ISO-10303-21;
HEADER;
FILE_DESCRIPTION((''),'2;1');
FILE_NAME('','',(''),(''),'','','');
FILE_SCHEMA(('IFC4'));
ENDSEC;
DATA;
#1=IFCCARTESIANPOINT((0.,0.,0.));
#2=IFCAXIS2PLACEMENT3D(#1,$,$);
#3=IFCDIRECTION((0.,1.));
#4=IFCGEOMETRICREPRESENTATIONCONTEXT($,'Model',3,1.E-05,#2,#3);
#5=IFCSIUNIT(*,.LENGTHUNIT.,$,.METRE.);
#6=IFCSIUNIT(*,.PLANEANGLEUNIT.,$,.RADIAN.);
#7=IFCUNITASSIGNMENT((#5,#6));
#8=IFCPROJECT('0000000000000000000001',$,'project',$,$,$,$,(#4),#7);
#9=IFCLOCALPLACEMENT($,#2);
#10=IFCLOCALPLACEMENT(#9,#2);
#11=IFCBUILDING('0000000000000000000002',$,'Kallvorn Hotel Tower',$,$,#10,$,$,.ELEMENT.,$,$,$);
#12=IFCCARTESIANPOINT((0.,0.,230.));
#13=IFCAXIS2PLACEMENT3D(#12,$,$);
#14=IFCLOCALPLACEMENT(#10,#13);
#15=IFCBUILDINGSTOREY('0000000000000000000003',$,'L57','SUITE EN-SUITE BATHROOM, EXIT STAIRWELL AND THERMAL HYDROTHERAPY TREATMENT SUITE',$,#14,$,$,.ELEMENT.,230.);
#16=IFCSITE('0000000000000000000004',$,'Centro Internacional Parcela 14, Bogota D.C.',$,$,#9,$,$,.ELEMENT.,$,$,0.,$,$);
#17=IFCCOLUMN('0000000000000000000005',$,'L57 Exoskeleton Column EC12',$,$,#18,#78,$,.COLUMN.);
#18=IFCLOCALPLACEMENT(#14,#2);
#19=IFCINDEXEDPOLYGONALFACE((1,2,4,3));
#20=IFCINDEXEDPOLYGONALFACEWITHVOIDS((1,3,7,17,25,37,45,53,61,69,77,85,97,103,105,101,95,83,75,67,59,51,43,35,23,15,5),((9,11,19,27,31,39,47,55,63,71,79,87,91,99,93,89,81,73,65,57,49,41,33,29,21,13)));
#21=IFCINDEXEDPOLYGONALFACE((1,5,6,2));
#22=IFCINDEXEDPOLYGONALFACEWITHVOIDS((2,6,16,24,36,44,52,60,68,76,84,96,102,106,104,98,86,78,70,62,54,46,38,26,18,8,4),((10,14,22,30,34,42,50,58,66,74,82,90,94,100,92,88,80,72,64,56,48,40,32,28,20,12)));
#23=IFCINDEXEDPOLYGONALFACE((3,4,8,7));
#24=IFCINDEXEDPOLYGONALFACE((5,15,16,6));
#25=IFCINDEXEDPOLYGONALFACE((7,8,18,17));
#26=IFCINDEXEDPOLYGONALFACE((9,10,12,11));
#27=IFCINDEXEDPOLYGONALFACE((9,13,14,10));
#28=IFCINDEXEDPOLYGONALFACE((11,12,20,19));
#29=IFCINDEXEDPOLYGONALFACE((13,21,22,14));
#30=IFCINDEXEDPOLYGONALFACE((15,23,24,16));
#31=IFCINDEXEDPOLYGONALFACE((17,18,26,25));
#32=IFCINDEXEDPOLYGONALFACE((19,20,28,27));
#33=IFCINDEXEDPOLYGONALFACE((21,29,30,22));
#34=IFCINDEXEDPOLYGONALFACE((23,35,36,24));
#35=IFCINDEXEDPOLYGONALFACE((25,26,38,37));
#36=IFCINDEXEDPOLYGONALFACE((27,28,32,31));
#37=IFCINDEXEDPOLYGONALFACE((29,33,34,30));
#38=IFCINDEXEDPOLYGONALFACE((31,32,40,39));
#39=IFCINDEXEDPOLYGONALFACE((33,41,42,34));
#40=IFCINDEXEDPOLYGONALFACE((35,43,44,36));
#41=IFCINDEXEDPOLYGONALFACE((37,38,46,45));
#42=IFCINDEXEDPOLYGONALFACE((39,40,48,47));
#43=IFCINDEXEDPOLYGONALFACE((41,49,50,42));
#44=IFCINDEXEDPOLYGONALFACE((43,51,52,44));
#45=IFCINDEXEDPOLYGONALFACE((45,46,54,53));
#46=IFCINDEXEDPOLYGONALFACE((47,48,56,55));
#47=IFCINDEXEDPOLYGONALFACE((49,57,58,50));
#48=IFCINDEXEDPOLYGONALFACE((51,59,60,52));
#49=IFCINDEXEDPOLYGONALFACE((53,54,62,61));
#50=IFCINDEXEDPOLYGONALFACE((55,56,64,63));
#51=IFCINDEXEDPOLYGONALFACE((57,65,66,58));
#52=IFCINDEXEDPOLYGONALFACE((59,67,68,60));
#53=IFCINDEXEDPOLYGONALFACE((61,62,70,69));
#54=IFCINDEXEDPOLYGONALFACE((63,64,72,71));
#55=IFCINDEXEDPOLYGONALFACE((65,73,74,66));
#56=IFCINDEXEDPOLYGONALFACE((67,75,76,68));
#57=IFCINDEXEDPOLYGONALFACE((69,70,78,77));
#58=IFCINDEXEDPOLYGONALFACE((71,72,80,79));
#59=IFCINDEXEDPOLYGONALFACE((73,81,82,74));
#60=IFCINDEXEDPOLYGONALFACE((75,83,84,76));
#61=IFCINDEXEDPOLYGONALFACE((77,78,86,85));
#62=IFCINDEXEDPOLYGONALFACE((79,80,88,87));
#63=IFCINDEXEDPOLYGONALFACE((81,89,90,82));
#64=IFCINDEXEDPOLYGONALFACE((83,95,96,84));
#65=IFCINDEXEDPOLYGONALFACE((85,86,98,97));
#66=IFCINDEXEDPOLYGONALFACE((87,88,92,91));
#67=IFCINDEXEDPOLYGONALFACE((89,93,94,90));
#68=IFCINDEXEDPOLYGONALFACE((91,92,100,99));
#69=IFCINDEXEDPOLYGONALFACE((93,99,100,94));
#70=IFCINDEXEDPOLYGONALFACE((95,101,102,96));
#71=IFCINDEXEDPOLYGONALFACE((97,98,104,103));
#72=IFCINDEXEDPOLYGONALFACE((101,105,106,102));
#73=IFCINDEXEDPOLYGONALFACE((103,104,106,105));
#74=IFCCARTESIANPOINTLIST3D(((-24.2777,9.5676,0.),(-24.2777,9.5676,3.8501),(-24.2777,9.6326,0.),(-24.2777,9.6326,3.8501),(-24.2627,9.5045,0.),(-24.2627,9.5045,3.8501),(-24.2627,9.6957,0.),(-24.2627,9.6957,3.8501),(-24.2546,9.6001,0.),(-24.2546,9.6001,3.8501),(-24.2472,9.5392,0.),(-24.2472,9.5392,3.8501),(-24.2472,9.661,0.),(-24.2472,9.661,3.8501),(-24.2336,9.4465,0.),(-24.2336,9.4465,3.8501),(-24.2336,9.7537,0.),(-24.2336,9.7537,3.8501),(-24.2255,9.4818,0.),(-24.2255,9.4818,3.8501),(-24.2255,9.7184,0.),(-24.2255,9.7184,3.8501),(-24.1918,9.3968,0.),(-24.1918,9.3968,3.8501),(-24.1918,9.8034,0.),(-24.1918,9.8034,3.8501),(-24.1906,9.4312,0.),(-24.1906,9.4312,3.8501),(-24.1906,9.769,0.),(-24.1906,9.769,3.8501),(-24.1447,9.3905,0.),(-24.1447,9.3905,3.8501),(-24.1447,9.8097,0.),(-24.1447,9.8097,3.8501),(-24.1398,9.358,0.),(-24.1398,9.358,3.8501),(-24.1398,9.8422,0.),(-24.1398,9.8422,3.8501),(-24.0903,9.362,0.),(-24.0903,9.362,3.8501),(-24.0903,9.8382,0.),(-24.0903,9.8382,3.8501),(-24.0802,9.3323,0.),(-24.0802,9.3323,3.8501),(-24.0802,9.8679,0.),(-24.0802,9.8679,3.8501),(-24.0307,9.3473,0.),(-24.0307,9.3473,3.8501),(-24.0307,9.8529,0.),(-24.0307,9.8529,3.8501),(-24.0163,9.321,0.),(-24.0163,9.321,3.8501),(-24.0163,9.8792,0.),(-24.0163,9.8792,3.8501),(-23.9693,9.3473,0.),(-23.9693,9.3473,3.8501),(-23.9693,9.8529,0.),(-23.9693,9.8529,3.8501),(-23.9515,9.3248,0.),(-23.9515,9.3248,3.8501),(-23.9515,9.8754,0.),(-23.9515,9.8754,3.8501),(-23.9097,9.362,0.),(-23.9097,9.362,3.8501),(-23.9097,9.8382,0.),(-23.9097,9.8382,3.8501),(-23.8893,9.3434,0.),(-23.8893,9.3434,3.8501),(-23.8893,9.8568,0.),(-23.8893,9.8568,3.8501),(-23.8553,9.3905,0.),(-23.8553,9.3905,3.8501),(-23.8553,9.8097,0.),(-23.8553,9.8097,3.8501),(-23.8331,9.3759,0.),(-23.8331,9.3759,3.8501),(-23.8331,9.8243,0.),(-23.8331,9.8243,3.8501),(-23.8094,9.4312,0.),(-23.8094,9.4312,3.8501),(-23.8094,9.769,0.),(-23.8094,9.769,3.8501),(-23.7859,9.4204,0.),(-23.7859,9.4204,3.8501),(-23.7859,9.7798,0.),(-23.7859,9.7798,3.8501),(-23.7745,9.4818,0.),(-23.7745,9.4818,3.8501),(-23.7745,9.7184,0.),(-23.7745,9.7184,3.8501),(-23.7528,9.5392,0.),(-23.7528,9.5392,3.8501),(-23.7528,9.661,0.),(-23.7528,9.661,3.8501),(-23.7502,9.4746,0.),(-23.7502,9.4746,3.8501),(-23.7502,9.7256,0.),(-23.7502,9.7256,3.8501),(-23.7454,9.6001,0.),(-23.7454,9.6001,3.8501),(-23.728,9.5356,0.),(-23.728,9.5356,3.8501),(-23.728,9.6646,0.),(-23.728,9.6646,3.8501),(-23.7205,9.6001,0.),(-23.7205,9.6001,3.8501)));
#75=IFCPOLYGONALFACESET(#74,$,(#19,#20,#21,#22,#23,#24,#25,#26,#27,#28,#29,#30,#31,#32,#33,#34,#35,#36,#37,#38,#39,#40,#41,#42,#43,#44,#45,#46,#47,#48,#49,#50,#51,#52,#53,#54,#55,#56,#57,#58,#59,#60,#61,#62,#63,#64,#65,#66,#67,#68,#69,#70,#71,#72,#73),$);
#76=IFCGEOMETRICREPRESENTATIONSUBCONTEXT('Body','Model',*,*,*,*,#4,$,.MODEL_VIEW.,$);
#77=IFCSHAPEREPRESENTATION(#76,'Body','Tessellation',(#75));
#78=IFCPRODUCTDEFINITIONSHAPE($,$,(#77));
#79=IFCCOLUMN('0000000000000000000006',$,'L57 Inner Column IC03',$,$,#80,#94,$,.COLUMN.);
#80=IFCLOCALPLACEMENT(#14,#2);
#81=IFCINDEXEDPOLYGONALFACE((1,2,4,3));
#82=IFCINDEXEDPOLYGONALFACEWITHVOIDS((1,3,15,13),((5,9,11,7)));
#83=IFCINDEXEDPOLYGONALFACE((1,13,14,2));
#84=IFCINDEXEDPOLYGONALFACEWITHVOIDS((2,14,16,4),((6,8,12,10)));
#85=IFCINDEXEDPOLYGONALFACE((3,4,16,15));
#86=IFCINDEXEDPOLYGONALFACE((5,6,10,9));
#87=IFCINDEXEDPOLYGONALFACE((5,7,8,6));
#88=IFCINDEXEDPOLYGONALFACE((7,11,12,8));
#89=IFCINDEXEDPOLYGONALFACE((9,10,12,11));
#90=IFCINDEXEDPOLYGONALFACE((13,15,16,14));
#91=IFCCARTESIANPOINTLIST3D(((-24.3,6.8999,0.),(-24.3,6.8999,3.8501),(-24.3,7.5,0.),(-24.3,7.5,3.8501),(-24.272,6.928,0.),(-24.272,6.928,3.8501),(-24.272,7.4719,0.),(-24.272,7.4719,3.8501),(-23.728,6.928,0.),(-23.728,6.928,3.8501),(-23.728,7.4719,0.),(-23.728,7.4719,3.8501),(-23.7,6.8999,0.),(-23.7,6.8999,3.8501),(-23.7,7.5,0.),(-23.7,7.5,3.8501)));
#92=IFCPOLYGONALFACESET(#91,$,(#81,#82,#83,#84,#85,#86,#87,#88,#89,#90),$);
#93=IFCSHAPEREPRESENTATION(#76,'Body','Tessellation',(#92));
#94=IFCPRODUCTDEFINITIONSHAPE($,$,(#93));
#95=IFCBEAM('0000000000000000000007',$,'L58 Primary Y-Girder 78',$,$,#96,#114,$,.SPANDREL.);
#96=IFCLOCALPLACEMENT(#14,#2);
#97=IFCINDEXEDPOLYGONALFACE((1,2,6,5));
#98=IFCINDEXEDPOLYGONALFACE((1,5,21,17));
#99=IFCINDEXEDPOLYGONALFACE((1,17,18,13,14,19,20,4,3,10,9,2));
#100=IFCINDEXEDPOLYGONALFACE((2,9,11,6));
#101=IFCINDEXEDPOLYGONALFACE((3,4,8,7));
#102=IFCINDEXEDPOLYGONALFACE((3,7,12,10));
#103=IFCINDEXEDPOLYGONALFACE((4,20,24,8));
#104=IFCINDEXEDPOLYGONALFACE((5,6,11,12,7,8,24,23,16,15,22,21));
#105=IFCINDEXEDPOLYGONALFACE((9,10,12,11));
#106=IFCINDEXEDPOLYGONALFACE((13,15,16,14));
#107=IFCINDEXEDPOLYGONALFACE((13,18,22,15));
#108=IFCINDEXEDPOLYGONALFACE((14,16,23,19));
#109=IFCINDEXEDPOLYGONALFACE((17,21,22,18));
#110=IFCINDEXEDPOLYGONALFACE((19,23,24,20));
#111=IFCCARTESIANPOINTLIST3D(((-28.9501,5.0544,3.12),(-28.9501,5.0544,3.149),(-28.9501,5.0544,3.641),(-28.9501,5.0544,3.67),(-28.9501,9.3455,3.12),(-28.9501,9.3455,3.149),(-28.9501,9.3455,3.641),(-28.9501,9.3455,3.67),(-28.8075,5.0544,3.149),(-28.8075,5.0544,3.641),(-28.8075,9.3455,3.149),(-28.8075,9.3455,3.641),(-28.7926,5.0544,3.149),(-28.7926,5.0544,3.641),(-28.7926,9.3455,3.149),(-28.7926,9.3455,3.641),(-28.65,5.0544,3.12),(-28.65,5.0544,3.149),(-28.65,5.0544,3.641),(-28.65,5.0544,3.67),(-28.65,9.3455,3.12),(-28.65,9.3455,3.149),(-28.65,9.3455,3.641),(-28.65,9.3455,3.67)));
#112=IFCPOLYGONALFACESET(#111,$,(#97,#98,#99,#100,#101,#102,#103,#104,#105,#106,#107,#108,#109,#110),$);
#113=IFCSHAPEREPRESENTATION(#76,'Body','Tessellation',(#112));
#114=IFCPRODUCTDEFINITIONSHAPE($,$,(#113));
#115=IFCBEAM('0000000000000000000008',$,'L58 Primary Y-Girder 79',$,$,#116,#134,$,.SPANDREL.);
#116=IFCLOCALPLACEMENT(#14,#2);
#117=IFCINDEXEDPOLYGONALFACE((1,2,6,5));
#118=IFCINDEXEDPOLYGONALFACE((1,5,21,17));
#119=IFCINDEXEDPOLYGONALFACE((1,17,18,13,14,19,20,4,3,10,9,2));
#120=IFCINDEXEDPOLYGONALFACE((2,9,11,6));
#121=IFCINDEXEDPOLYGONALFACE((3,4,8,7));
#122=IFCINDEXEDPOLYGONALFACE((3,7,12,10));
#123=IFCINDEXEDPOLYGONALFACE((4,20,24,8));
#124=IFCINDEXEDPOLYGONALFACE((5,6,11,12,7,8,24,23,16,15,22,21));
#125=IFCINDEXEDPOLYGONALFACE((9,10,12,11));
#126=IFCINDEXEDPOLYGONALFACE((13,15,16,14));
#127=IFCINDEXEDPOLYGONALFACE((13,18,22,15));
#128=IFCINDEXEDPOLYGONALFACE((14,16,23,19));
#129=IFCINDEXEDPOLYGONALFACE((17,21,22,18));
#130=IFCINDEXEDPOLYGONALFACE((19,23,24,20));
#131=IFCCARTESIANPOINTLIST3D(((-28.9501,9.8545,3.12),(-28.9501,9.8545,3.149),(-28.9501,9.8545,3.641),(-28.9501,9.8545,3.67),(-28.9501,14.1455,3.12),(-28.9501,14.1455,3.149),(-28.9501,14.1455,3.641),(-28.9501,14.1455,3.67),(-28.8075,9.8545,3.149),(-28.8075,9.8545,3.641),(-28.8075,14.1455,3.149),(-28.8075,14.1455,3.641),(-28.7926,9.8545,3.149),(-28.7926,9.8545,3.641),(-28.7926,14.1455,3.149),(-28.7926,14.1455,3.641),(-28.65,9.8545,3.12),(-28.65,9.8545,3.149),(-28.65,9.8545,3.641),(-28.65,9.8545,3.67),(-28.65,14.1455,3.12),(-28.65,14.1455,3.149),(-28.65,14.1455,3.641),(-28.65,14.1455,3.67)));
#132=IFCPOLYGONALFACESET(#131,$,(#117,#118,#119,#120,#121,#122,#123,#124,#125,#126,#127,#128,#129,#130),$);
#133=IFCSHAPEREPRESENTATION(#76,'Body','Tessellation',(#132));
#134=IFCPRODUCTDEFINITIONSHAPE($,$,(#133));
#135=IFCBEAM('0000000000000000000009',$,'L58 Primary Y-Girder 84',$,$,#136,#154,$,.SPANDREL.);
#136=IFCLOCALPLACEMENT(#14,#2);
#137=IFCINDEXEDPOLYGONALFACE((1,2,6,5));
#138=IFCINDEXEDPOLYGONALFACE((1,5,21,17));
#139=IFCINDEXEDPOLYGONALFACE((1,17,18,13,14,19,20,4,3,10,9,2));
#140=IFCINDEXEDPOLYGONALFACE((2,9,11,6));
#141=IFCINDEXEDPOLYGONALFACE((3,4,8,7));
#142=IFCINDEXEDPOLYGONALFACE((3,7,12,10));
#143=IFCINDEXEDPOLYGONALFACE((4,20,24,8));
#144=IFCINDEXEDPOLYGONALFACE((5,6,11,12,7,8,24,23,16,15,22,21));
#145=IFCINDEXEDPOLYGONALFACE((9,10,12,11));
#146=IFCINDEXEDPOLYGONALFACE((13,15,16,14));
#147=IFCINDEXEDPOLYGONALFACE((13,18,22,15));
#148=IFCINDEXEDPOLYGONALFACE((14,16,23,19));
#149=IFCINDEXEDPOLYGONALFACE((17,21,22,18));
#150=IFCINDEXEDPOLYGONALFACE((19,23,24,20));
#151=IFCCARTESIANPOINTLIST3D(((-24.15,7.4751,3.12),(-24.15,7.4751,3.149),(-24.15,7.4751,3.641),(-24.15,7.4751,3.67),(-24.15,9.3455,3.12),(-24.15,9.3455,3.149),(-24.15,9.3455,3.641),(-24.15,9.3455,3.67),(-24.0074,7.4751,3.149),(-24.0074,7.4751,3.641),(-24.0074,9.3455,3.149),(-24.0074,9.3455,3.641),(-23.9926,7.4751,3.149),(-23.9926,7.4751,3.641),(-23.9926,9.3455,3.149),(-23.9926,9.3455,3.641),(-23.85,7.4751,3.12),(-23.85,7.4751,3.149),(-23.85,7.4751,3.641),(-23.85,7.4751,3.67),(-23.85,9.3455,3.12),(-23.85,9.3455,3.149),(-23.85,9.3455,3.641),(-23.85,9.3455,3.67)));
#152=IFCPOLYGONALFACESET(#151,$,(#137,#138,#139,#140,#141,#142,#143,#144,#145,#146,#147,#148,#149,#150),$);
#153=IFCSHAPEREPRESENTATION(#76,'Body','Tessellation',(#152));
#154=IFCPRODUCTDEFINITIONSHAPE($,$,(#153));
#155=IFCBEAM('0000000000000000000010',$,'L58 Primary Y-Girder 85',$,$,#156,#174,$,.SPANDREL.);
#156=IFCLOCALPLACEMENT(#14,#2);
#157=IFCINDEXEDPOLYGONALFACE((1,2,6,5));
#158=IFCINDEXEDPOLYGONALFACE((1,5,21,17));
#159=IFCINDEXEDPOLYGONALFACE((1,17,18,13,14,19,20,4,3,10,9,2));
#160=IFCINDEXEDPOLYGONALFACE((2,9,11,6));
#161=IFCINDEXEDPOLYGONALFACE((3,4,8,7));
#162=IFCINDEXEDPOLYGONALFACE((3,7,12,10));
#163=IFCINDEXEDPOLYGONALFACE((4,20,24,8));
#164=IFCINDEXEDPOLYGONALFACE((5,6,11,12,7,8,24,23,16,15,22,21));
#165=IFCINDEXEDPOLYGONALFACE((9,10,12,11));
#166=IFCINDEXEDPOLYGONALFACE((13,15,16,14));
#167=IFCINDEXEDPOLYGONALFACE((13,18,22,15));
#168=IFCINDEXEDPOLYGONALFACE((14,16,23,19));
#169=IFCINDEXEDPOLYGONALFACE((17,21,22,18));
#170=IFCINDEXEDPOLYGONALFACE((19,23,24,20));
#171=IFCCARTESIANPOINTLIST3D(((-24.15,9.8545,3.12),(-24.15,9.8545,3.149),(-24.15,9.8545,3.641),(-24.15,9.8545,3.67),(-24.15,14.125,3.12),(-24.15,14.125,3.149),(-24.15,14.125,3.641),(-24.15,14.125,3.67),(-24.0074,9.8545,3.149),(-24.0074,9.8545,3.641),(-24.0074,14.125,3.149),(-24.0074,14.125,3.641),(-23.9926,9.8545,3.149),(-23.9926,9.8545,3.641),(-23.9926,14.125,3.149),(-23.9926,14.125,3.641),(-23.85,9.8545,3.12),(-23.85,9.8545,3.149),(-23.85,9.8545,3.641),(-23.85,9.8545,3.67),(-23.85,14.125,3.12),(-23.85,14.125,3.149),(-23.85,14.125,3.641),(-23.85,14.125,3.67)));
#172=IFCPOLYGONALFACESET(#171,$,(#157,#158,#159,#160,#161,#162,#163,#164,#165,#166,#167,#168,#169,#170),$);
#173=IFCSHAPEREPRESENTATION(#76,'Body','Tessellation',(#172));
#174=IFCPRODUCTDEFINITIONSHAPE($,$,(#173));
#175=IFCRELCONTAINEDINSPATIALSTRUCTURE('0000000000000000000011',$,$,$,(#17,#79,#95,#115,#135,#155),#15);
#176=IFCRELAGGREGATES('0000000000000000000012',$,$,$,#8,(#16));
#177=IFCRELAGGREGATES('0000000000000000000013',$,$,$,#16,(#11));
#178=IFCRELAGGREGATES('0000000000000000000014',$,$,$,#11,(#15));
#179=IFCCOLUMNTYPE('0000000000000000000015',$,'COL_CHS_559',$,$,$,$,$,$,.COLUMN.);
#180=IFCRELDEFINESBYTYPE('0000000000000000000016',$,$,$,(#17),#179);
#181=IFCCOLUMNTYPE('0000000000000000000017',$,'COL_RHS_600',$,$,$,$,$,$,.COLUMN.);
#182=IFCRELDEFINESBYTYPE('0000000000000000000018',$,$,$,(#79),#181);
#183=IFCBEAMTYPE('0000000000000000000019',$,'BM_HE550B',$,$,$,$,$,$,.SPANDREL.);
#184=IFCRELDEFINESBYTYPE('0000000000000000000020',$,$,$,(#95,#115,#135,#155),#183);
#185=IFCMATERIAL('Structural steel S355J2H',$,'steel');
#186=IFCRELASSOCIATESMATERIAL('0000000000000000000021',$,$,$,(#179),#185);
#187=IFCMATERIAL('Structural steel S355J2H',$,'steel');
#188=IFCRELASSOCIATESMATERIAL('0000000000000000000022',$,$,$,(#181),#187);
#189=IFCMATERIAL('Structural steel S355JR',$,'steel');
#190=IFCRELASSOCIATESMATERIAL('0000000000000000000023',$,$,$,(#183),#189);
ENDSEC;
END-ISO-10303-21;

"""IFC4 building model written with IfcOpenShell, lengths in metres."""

from ifc_helpers import new_model, si_unit, direction, frame, origin, origin_2d, place, context, subcontext, project, spatial, hollow_rectangle, hollow_circle, i_section, extrude, material, material_profile, profile_set, type_object, element, save


model = new_model("IFC4")

# Units and contexts
model_context = context("Model", 3, precision=1e-05, world=origin(), true_north=direction((0.0, 1.0)))
body_context = subcontext(model_context, "Body", "Model", "MODEL_VIEW")
ifc_project = project(units=[si_unit("LENGTHUNIT", "METRE"), si_unit("PLANEANGLEUNIT", "RADIAN")], contexts=[model_context])

# Site, building, storey
site_placement = place(None, origin())
site = spatial("IfcSite", under=ifc_project, at=site_placement, Name="Centro Internacional Parcela 14, Bogota D.C.", CompositionType="ELEMENT", RefElevation=0.0)
building_placement = place(site_placement, origin())
building = spatial("IfcBuilding", under=site, at=building_placement, Name="Kallvorn Hotel Tower", CompositionType="ELEMENT")
storey_placement = place(building_placement, frame((0.0, 0.0, 230.0)))
storey = spatial("IfcBuildingStorey", under=building, at=storey_placement, Name="L57", Description="SUITE EN-SUITE BATHROOM, EXIT STAIRWELL AND THERMAL HYDROTHERAPY TREATMENT SUITE", CompositionType="ELEMENT", Elevation=230.0)

# Columns
ifc_material_1 = material(Name="Structural steel S355J2H", Category="steel")
ifc_material_profile_1 = material_profile(ifc_material_1, hollow_circle(Radius=0.2795, WallThickness=0.0249, at=origin_2d()), Name="CHS 559x25")
ifc_profile_set_1 = profile_set([ifc_material_profile_1], Name="Structural steel S355J2H")
column_type_1 = type_object("IfcColumnType", Name="COL_CHS_559", PredefinedType="COLUMN", material=ifc_profile_set_1)
for number, where, z_axis, x_axis, name in (
    (1, (-24.0, 9.6001, 0.0), (0.0, 0.0, 1.0), (1.0, 0.0, 0.0), "L57 Exoskeleton Column EC12"),
):
    element("IfcColumn", number, at=place(storey_placement, frame(where, z_axis=z_axis, x_axis=x_axis)), inside=storey, type_object=column_type_1, Name=name, PredefinedType="COLUMN", context=body_context, shape_type="SweptSolid", body=[
        extrude(hollow_circle(Radius=0.2795, WallThickness=0.0249, at=origin_2d()), origin(), (0.0, 0.0, 1.0), 3.8501),
    ])
ifc_material_2 = material(Name="Structural steel S355J2H", Category="steel")
ifc_material_profile_2 = material_profile(ifc_material_2, hollow_rectangle(XDim=0.6001, YDim=0.6001, WallThickness=0.0281, at=origin_2d()), Name="RHS 600x600x28")
ifc_profile_set_2 = profile_set([ifc_material_profile_2], Name="Structural steel S355J2H")
column_type_2 = type_object("IfcColumnType", Name="COL_RHS_600", PredefinedType="COLUMN", material=ifc_profile_set_2)
column_placement = place(storey_placement, frame((-24.0, 7.2, 0.0), z_axis=(0.0, 0.0, 1.0), x_axis=(1.0, 0.0, 0.0)))
element("IfcColumn", 2, at=column_placement, inside=storey, type_object=column_type_2, Name="L57 Inner Column IC03", PredefinedType="COLUMN", context=body_context, shape_type="SweptSolid", body=[
    extrude(hollow_rectangle(XDim=0.6001, YDim=0.6001, WallThickness=0.0281, at=origin_2d()), origin(), (0.0, 0.0, 1.0), 3.8501),
])

# Beams
ifc_material_3 = material(Name="Structural steel S355JR", Category="steel")
ifc_material_profile_3 = material_profile(ifc_material_3, i_section(OverallWidth=0.3, OverallDepth=0.55, WebThickness=0.0149, FlangeThickness=0.0291, at=origin_2d()), Name="HE 550 B")
ifc_profile_set_3 = profile_set([ifc_material_profile_3], Name="Structural steel S355JR")
beam_type_1 = type_object("IfcBeamType", Name="BM_HE550B", PredefinedType="SPANDREL", material=ifc_profile_set_3)
for number, where, z_axis, x_axis, name in (
    (3, (-28.8, 5.0544, 3.395), (0.0, 1.0, 0.0), (-1.0, 0.0, 0.0), "L58 Primary Y-Girder 78"),
    (4, (-28.8, 9.8545, 3.395), (0.0, 1.0, 0.0), (-1.0, 0.0, 0.0), "L58 Primary Y-Girder 79"),
):
    element("IfcBeam", number, at=place(storey_placement, frame(where, z_axis=z_axis, x_axis=x_axis)), inside=storey, type_object=beam_type_1, Name=name, PredefinedType="SPANDREL", context=body_context, shape_type="SweptSolid", body=[
        extrude(i_section(OverallWidth=0.3, OverallDepth=0.55, WebThickness=0.0149, FlangeThickness=0.0291, at=origin_2d()), origin(), (0.0, 0.0, 1.0), 4.291),
    ])
beam_1_placement = place(storey_placement, frame((-24.0, 7.4751, 3.395), z_axis=(0.0, 1.0, 0.0), x_axis=(-1.0, 0.0, 0.0)))
element("IfcBeam", 5, at=beam_1_placement, inside=storey, type_object=beam_type_1, Name="L58 Primary Y-Girder 84", PredefinedType="SPANDREL", context=body_context, shape_type="SweptSolid", body=[
    extrude(i_section(OverallWidth=0.3, OverallDepth=0.55, WebThickness=0.0149, FlangeThickness=0.0291, at=origin_2d()), origin(), (0.0, 0.0, 1.0), 1.8704),
])
beam_2_placement = place(storey_placement, frame((-24.0, 9.8545, 3.395), z_axis=(0.0, 1.0, 0.0), x_axis=(-1.0, 0.0, 0.0)))
element("IfcBeam", 6, at=beam_2_placement, inside=storey, type_object=beam_type_1, Name="L58 Primary Y-Girder 85", PredefinedType="SPANDREL", context=body_context, shape_type="SweptSolid", body=[
    extrude(i_section(OverallWidth=0.3, OverallDepth=0.55, WebThickness=0.0149, FlangeThickness=0.0291, at=origin_2d()), origin(), (0.0, 0.0, 1.0), 4.2705),
])

save(model, "model.ifc")
